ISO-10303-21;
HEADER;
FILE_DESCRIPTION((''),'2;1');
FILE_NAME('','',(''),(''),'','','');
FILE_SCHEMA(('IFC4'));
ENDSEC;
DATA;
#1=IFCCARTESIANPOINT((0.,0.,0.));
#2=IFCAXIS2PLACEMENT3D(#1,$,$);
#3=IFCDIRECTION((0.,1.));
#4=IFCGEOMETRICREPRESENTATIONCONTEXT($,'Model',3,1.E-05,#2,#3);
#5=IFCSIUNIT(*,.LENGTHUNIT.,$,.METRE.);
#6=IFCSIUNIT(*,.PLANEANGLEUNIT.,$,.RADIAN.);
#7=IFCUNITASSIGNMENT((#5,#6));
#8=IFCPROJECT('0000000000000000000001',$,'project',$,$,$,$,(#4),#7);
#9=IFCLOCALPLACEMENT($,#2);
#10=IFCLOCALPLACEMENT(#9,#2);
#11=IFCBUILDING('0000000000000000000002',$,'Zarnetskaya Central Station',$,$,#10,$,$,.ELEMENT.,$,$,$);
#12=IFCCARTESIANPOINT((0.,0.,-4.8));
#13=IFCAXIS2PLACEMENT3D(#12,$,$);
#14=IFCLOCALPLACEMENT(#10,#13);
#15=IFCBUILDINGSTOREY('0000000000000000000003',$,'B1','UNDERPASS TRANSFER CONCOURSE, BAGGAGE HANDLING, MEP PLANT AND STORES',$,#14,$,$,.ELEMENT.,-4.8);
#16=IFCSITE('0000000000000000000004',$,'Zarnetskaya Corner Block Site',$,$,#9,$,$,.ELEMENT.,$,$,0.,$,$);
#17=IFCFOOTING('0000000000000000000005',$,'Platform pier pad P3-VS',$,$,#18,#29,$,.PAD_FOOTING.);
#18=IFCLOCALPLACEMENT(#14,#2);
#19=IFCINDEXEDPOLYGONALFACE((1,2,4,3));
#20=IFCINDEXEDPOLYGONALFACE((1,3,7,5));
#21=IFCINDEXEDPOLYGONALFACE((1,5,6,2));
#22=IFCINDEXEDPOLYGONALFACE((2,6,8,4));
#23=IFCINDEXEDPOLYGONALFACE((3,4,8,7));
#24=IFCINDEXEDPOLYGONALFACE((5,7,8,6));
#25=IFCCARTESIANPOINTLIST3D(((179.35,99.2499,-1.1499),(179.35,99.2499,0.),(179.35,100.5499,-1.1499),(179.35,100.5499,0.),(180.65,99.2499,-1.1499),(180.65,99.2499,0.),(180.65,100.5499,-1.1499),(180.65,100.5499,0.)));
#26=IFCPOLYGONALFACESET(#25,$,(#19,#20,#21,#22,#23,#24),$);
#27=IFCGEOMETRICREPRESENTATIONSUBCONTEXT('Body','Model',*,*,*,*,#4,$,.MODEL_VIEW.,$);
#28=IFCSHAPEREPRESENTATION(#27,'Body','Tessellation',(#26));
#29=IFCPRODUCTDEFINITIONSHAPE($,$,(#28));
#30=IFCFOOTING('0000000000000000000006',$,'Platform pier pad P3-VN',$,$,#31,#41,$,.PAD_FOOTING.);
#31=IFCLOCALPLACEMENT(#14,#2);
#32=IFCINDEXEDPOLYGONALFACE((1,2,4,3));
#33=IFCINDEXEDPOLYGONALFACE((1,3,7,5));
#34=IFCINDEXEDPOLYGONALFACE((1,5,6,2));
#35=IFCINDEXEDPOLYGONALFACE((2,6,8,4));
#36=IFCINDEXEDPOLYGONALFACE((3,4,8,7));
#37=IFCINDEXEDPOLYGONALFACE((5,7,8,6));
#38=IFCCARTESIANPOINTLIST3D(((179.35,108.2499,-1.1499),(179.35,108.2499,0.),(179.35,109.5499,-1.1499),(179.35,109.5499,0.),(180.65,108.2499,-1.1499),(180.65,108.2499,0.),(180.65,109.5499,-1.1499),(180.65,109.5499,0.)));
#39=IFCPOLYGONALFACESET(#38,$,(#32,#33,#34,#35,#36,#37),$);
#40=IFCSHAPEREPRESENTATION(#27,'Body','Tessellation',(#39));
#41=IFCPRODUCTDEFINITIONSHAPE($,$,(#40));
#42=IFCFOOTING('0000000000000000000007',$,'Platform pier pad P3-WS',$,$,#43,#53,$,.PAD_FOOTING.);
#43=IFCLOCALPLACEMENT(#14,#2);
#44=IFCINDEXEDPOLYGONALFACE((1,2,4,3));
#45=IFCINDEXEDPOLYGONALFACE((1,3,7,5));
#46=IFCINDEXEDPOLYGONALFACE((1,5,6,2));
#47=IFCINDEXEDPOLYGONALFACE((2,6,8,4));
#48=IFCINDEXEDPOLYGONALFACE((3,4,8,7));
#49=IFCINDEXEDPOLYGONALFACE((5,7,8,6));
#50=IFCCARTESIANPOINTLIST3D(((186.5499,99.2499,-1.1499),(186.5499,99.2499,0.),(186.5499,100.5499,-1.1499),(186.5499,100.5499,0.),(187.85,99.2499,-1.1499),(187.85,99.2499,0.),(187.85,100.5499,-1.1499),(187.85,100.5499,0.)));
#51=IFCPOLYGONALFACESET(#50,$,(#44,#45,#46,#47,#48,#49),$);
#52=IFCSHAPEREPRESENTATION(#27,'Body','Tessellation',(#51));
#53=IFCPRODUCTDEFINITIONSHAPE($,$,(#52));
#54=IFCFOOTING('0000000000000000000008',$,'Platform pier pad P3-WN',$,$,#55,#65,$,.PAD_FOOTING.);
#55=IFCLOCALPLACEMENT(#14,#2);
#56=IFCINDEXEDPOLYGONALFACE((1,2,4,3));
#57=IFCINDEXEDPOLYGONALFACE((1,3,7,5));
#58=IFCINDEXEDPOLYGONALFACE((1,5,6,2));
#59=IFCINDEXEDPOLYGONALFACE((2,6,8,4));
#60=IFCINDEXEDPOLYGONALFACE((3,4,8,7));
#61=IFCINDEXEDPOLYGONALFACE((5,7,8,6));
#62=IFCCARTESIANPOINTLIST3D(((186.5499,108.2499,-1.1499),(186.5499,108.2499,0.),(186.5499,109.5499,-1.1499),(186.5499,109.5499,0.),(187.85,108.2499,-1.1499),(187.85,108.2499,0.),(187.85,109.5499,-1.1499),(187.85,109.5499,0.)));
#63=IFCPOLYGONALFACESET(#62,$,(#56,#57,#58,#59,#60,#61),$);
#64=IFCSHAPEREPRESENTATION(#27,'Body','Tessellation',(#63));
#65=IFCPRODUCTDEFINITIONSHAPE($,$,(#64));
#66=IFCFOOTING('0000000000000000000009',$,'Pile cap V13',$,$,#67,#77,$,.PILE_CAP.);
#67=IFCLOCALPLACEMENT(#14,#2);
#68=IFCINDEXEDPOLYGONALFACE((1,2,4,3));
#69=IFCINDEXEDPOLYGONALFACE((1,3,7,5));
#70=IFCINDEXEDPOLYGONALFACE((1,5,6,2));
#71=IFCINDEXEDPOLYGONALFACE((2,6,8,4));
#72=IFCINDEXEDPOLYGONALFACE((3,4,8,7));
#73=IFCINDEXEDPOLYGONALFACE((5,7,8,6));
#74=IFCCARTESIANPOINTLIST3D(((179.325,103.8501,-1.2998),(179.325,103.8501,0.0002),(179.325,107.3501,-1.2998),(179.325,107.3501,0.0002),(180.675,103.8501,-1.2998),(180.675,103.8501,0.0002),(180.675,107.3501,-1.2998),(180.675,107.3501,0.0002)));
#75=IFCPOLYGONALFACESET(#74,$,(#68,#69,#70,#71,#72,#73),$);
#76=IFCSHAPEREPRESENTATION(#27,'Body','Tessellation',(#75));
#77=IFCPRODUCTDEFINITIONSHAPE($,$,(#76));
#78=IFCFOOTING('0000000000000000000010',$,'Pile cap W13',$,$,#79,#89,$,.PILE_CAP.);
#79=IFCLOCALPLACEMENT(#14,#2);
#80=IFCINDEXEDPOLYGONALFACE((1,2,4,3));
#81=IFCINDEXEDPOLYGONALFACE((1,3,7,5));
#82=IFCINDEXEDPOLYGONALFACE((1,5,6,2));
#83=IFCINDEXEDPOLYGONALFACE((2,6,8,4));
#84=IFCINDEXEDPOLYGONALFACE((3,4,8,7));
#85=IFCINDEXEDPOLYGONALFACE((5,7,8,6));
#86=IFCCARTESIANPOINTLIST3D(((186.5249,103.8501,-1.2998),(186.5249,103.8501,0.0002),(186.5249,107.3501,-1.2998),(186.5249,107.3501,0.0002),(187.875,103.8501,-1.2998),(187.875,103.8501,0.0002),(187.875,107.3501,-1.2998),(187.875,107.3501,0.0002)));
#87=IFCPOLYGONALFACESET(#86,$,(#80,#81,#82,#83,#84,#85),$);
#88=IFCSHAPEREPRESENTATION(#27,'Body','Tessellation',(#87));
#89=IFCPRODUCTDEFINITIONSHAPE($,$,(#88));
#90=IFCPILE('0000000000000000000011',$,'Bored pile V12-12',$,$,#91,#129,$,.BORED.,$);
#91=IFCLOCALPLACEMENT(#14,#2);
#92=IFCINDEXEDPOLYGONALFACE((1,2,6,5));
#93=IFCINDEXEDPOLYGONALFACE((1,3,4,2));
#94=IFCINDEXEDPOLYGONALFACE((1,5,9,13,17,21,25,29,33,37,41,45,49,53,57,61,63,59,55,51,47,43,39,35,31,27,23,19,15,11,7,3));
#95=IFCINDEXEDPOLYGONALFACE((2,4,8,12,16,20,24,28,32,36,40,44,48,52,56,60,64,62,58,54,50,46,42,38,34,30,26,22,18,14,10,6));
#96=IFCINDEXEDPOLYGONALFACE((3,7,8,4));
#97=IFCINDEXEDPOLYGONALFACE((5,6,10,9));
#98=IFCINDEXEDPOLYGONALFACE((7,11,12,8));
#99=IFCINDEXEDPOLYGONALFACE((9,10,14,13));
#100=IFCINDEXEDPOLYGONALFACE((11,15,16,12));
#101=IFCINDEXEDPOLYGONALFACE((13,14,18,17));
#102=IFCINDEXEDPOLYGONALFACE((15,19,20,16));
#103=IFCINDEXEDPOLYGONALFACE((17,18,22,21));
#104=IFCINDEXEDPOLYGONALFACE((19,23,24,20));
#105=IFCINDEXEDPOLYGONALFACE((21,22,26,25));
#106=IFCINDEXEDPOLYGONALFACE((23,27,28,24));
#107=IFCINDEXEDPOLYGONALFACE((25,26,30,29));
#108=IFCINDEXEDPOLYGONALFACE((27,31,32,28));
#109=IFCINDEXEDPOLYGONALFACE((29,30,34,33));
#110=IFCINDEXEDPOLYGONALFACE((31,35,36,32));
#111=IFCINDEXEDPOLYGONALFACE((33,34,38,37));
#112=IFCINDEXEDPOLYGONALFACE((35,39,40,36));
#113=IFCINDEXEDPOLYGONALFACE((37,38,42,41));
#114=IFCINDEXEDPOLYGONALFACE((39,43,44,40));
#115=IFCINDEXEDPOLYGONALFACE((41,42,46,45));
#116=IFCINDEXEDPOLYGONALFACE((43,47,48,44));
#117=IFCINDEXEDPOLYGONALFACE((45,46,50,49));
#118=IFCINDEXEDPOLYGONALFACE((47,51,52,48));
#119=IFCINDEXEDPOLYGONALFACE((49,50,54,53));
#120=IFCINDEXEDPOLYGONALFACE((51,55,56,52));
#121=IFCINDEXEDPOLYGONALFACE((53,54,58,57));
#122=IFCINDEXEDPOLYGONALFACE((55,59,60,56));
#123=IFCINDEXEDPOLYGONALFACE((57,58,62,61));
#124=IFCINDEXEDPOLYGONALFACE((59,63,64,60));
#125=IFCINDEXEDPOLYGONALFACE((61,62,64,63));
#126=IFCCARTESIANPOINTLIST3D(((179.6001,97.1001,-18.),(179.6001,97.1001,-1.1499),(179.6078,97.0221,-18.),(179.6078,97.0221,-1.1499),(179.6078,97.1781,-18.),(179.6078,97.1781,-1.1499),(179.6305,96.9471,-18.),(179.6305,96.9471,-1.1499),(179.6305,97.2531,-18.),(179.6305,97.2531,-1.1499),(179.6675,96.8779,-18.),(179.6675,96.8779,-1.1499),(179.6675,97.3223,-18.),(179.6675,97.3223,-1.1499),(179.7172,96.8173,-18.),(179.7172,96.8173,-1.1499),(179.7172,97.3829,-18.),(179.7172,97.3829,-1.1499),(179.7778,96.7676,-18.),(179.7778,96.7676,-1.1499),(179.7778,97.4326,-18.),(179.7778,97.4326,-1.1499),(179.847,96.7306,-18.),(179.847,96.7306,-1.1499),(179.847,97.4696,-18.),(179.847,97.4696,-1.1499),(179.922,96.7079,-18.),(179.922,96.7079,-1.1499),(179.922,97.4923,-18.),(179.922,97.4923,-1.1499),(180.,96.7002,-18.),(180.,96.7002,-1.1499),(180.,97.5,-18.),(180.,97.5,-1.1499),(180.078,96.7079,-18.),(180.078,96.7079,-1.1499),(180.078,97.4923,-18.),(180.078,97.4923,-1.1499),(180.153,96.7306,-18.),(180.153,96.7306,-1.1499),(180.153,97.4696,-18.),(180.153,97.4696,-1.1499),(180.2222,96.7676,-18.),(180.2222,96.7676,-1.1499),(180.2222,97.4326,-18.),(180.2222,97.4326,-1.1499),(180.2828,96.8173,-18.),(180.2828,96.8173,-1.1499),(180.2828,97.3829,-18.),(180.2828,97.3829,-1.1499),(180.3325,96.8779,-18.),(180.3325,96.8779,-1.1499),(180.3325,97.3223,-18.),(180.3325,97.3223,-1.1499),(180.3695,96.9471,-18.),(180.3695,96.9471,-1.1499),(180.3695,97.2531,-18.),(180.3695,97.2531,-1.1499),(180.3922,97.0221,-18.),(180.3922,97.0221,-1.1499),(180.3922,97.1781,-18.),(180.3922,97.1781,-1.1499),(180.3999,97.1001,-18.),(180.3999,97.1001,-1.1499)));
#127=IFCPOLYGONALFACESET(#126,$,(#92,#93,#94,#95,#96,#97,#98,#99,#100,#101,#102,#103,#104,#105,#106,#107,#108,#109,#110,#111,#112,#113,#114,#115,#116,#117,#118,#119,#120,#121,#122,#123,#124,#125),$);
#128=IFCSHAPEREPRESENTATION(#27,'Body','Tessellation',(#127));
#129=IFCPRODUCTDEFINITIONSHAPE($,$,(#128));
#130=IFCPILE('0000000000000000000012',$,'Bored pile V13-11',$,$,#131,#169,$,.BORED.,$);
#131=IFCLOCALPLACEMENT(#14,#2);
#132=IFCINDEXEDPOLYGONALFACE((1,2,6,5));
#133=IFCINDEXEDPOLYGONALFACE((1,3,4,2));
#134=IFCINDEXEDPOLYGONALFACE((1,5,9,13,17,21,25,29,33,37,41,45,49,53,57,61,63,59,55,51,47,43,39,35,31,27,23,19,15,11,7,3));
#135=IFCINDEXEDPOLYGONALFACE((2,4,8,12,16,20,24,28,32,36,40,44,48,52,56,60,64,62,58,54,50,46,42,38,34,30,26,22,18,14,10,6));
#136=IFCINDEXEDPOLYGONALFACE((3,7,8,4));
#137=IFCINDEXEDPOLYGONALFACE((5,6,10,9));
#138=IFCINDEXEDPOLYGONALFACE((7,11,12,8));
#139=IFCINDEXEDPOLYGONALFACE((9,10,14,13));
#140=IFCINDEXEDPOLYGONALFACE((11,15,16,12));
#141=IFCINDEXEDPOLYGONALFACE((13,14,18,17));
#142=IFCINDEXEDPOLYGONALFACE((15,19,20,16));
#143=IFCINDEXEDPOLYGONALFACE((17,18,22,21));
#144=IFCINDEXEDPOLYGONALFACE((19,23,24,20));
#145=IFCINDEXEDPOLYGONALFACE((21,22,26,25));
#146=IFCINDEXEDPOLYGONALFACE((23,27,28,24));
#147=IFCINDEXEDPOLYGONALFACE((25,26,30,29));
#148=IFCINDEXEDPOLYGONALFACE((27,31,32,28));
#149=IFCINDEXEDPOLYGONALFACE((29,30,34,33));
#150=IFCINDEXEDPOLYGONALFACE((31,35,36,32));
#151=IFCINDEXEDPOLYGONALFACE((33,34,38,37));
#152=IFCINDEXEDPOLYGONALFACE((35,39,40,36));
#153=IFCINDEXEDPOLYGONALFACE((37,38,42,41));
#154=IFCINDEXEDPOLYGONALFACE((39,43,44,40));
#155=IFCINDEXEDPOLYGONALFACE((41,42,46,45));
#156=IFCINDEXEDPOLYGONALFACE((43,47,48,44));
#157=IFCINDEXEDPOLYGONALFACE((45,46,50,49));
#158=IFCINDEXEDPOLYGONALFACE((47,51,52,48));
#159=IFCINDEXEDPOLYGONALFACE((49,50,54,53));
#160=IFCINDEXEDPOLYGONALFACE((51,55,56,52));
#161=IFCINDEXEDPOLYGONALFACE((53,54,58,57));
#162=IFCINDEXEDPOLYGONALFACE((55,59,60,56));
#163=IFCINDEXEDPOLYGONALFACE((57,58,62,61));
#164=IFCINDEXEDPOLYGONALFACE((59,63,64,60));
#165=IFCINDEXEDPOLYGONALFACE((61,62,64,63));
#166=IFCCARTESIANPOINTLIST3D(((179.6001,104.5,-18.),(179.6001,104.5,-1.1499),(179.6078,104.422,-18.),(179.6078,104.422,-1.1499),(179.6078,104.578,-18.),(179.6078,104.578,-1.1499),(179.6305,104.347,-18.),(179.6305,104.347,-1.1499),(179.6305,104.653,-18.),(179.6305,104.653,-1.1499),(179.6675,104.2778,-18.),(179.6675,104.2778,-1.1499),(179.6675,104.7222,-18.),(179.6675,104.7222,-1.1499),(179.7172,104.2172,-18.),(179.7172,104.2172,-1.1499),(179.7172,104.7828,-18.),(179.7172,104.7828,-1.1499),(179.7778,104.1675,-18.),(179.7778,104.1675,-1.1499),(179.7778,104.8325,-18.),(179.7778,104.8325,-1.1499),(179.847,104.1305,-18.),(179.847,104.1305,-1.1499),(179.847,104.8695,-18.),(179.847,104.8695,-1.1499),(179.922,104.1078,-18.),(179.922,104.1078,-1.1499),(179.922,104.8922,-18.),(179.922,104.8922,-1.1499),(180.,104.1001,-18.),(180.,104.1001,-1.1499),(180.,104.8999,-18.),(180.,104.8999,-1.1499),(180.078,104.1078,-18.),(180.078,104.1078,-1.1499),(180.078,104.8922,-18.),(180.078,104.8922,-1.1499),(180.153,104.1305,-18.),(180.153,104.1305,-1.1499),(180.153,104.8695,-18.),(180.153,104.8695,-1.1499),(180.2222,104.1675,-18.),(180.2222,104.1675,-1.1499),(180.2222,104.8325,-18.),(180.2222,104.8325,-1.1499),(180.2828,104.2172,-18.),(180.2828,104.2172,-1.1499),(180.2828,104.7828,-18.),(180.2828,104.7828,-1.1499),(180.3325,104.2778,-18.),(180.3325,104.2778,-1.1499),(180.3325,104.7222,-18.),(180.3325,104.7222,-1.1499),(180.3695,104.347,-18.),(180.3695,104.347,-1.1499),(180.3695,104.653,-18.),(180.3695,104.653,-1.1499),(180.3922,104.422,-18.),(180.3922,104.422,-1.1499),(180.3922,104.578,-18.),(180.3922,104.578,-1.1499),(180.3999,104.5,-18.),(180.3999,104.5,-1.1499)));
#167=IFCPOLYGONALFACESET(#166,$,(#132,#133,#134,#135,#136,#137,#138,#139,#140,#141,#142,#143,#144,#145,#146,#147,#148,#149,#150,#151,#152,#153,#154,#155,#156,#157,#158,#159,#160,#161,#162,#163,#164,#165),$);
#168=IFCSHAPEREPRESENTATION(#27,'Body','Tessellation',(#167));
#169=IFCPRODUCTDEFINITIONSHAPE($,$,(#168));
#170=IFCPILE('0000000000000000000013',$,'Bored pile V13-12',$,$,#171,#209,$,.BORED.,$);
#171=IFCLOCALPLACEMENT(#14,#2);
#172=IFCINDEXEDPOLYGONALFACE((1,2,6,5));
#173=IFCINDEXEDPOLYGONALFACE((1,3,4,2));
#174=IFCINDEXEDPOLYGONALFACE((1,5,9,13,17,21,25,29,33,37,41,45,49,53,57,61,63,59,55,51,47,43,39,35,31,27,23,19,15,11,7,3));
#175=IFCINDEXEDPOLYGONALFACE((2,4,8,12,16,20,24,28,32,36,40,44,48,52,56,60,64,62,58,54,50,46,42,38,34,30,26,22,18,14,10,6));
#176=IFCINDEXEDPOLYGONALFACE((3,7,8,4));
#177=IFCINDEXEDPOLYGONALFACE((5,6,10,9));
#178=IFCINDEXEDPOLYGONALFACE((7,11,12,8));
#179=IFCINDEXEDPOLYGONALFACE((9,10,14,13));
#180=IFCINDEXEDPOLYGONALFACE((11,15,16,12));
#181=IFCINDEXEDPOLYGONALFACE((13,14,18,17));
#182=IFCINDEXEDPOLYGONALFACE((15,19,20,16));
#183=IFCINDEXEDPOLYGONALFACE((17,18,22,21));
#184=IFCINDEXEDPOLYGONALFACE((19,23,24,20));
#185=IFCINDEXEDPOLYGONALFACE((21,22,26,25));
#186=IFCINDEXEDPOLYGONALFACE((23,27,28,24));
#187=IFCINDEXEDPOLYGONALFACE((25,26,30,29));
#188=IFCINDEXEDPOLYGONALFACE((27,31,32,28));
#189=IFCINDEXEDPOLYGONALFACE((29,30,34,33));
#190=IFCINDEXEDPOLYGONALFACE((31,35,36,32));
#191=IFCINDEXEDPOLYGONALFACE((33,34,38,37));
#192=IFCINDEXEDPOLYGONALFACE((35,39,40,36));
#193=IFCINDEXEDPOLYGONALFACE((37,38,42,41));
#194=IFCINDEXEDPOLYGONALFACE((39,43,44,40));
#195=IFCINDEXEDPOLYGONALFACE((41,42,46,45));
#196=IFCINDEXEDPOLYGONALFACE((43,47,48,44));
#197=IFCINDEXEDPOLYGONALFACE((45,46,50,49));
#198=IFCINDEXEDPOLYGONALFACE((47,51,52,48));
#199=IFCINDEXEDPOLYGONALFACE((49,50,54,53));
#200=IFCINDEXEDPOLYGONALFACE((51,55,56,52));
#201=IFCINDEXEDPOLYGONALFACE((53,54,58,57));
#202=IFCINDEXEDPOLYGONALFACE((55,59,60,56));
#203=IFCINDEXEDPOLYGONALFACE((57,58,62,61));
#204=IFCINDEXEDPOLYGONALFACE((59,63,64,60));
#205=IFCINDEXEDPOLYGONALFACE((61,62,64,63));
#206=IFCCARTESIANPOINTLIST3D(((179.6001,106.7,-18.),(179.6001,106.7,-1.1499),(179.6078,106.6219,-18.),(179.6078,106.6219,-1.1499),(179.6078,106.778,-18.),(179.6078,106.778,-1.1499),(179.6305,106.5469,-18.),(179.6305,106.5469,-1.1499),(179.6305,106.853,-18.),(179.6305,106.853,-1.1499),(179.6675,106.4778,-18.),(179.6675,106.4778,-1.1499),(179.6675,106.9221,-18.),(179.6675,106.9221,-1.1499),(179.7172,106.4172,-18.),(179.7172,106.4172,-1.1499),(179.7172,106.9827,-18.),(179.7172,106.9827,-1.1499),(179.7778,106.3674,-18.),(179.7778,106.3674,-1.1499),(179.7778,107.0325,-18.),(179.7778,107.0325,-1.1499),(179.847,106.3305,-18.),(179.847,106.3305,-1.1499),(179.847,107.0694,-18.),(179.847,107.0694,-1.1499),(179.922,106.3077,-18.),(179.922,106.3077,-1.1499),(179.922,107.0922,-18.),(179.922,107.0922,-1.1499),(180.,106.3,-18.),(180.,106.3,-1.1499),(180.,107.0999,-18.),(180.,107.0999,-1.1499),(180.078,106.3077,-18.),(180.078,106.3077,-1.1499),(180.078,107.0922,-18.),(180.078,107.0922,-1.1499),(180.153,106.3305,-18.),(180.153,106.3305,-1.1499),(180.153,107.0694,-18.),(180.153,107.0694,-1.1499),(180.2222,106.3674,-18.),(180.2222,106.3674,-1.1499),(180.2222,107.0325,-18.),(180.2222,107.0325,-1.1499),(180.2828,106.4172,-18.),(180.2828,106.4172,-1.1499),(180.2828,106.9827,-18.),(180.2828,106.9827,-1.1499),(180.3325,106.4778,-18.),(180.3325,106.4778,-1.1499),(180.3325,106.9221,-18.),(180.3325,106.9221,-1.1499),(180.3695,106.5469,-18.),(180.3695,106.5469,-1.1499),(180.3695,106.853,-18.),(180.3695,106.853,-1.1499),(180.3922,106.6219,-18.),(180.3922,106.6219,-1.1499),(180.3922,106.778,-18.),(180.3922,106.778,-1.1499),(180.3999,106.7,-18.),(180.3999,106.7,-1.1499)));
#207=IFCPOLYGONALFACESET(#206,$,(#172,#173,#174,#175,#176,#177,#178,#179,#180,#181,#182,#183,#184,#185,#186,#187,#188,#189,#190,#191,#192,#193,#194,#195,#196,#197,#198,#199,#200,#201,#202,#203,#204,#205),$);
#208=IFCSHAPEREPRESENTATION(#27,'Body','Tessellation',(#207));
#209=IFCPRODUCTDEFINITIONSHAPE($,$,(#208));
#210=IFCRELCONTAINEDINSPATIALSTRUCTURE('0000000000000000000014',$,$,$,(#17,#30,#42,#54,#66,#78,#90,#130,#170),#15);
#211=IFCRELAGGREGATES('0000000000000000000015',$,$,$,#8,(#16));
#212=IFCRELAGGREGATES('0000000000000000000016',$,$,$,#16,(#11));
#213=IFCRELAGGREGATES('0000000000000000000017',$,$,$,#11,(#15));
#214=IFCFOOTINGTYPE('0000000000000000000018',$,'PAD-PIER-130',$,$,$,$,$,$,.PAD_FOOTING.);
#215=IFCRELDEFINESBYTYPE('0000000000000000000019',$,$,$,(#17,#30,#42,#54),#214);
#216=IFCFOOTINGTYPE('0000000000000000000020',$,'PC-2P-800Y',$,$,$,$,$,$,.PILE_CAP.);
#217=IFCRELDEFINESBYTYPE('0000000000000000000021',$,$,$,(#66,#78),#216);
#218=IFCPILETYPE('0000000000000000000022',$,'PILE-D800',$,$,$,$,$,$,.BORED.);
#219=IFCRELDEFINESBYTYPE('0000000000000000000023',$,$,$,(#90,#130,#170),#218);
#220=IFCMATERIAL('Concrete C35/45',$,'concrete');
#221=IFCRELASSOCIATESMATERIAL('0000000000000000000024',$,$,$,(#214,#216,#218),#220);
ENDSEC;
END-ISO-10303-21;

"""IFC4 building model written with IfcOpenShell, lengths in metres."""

from ifc_helpers import new_model, si_unit, direction, frame, origin, origin_2d, place, context, subcontext, project, spatial, rectangle, circle, extrude, material, material_profile, profile_set, type_object, element, save


model = new_model("IFC4")

# Units and contexts
model_context = context("Model", 3, precision=1e-05, world=origin(), true_north=direction((0.0, 1.0)))
body_context = subcontext(model_context, "Body", "Model", "MODEL_VIEW")
ifc_project = project(units=[si_unit("LENGTHUNIT", "METRE"), si_unit("PLANEANGLEUNIT", "RADIAN")], contexts=[model_context])

# Site, building, storey
site_placement = place(None, origin())
site = spatial("IfcSite", under=ifc_project, at=site_placement, Name="Zarnetskaya Corner Block Site", CompositionType="ELEMENT", RefElevation=0.0)
building_placement = place(site_placement, origin())
building = spatial("IfcBuilding", under=site, at=building_placement, Name="Zarnetskaya Central Station", CompositionType="ELEMENT")
storey_placement = place(building_placement, frame((0.0, 0.0, -4.8)))
storey = spatial("IfcBuildingStorey", under=building, at=storey_placement, Name="B1", Description="UNDERPASS TRANSFER CONCOURSE, BAGGAGE HANDLING, MEP PLANT AND STORES", CompositionType="ELEMENT", Elevation=-4.8)

# Footings
ifc_material = material(Name="Concrete C35/45", Category="concrete")
footing_type_1 = type_object("IfcFootingType", Name="PAD-PIER-130", PredefinedType="PAD_FOOTING", material=ifc_material)
for number, where, z_axis, x_axis, name in (
    (1, (180.0, 99.8999, -1.1499), (0.0, 0.0, 1.0), (1.0, 0.0, 0.0), "Platform pier pad P3-VS"),
    (2, (180.0, 108.8999, -1.1499), (0.0, 0.0, 1.0), (1.0, 0.0, 0.0), "Platform pier pad P3-VN"),
    (3, (187.2, 99.8999, -1.1499), (0.0, 0.0, 1.0), (1.0, 0.0, 0.0), "Platform pier pad P3-WS"),
    (4, (187.2, 108.8999, -1.1499), (0.0, 0.0, 1.0), (1.0, 0.0, 0.0), "Platform pier pad P3-WN"),
):
    element("IfcFooting", number, at=place(storey_placement, frame(where, z_axis=z_axis, x_axis=x_axis)), inside=storey, type_object=footing_type_1, Name=name, PredefinedType="PAD_FOOTING", context=body_context, shape_type="SweptSolid", body=[
        extrude(rectangle(XDim=1.3, YDim=1.3, at=origin_2d()), origin(), (0.0, 0.0, 1.0), 1.1499),
    ])
footing_type_2 = type_object("IfcFootingType", Name="PC-2P-800Y", PredefinedType="PILE_CAP", material=ifc_material)
for number, where, z_axis, x_axis, name in (
    (5, (180.0, 105.6001, -1.2998), (0.0, 0.0, 1.0), (1.0, 0.0, 0.0), "Pile cap V13"),
    (6, (187.2, 105.6001, -1.2998), (0.0, 0.0, 1.0), (1.0, 0.0, 0.0), "Pile cap W13"),
):
    element("IfcFooting", number, at=place(storey_placement, frame(where, z_axis=z_axis, x_axis=x_axis)), inside=storey, type_object=footing_type_2, Name=name, PredefinedType="PILE_CAP", context=body_context, shape_type="SweptSolid", body=[
        extrude(rectangle(XDim=1.3501, YDim=3.5, at=origin_2d()), origin(), (0.0, 0.0, 1.0), 1.3),
    ])

# Piles
ifc_material_profile_1 = material_profile(ifc_material, circle(Radius=0.3999, at=origin_2d()), Name="BORED PILE D800")
ifc_profile_set_1 = profile_set([ifc_material_profile_1], Name="Concrete C35/45")
pile_type = type_object("IfcPileType", Name="PILE-D800", PredefinedType="BORED", material=ifc_profile_set_1)
for number, where, z_axis, x_axis, name in (
    (7, (180.0, 97.1001, -1.1499), (0.0, 0.0, -1.0), (1.0, 0.0, 0.0), "Bored pile V12-12"),
    (8, (180.0, 104.5, -1.1499), (0.0, 0.0, -1.0), (1.0, 0.0, 0.0), "Bored pile V13-11"),
    (9, (180.0, 106.7, -1.1499), (0.0, 0.0, -1.0), (1.0, 0.0, 0.0), "Bored pile V13-12"),
):
    element("IfcPile", number, at=place(storey_placement, frame(where, z_axis=z_axis, x_axis=x_axis)), inside=storey, type_object=pile_type, Name=name, PredefinedType="BORED", context=body_context, shape_type="SweptSolid", body=[
        extrude(circle(Radius=0.3999, at=origin_2d()), origin(), (0.0, 0.0, 1.0), 16.8501),
    ])

save(model, "model.ifc")
